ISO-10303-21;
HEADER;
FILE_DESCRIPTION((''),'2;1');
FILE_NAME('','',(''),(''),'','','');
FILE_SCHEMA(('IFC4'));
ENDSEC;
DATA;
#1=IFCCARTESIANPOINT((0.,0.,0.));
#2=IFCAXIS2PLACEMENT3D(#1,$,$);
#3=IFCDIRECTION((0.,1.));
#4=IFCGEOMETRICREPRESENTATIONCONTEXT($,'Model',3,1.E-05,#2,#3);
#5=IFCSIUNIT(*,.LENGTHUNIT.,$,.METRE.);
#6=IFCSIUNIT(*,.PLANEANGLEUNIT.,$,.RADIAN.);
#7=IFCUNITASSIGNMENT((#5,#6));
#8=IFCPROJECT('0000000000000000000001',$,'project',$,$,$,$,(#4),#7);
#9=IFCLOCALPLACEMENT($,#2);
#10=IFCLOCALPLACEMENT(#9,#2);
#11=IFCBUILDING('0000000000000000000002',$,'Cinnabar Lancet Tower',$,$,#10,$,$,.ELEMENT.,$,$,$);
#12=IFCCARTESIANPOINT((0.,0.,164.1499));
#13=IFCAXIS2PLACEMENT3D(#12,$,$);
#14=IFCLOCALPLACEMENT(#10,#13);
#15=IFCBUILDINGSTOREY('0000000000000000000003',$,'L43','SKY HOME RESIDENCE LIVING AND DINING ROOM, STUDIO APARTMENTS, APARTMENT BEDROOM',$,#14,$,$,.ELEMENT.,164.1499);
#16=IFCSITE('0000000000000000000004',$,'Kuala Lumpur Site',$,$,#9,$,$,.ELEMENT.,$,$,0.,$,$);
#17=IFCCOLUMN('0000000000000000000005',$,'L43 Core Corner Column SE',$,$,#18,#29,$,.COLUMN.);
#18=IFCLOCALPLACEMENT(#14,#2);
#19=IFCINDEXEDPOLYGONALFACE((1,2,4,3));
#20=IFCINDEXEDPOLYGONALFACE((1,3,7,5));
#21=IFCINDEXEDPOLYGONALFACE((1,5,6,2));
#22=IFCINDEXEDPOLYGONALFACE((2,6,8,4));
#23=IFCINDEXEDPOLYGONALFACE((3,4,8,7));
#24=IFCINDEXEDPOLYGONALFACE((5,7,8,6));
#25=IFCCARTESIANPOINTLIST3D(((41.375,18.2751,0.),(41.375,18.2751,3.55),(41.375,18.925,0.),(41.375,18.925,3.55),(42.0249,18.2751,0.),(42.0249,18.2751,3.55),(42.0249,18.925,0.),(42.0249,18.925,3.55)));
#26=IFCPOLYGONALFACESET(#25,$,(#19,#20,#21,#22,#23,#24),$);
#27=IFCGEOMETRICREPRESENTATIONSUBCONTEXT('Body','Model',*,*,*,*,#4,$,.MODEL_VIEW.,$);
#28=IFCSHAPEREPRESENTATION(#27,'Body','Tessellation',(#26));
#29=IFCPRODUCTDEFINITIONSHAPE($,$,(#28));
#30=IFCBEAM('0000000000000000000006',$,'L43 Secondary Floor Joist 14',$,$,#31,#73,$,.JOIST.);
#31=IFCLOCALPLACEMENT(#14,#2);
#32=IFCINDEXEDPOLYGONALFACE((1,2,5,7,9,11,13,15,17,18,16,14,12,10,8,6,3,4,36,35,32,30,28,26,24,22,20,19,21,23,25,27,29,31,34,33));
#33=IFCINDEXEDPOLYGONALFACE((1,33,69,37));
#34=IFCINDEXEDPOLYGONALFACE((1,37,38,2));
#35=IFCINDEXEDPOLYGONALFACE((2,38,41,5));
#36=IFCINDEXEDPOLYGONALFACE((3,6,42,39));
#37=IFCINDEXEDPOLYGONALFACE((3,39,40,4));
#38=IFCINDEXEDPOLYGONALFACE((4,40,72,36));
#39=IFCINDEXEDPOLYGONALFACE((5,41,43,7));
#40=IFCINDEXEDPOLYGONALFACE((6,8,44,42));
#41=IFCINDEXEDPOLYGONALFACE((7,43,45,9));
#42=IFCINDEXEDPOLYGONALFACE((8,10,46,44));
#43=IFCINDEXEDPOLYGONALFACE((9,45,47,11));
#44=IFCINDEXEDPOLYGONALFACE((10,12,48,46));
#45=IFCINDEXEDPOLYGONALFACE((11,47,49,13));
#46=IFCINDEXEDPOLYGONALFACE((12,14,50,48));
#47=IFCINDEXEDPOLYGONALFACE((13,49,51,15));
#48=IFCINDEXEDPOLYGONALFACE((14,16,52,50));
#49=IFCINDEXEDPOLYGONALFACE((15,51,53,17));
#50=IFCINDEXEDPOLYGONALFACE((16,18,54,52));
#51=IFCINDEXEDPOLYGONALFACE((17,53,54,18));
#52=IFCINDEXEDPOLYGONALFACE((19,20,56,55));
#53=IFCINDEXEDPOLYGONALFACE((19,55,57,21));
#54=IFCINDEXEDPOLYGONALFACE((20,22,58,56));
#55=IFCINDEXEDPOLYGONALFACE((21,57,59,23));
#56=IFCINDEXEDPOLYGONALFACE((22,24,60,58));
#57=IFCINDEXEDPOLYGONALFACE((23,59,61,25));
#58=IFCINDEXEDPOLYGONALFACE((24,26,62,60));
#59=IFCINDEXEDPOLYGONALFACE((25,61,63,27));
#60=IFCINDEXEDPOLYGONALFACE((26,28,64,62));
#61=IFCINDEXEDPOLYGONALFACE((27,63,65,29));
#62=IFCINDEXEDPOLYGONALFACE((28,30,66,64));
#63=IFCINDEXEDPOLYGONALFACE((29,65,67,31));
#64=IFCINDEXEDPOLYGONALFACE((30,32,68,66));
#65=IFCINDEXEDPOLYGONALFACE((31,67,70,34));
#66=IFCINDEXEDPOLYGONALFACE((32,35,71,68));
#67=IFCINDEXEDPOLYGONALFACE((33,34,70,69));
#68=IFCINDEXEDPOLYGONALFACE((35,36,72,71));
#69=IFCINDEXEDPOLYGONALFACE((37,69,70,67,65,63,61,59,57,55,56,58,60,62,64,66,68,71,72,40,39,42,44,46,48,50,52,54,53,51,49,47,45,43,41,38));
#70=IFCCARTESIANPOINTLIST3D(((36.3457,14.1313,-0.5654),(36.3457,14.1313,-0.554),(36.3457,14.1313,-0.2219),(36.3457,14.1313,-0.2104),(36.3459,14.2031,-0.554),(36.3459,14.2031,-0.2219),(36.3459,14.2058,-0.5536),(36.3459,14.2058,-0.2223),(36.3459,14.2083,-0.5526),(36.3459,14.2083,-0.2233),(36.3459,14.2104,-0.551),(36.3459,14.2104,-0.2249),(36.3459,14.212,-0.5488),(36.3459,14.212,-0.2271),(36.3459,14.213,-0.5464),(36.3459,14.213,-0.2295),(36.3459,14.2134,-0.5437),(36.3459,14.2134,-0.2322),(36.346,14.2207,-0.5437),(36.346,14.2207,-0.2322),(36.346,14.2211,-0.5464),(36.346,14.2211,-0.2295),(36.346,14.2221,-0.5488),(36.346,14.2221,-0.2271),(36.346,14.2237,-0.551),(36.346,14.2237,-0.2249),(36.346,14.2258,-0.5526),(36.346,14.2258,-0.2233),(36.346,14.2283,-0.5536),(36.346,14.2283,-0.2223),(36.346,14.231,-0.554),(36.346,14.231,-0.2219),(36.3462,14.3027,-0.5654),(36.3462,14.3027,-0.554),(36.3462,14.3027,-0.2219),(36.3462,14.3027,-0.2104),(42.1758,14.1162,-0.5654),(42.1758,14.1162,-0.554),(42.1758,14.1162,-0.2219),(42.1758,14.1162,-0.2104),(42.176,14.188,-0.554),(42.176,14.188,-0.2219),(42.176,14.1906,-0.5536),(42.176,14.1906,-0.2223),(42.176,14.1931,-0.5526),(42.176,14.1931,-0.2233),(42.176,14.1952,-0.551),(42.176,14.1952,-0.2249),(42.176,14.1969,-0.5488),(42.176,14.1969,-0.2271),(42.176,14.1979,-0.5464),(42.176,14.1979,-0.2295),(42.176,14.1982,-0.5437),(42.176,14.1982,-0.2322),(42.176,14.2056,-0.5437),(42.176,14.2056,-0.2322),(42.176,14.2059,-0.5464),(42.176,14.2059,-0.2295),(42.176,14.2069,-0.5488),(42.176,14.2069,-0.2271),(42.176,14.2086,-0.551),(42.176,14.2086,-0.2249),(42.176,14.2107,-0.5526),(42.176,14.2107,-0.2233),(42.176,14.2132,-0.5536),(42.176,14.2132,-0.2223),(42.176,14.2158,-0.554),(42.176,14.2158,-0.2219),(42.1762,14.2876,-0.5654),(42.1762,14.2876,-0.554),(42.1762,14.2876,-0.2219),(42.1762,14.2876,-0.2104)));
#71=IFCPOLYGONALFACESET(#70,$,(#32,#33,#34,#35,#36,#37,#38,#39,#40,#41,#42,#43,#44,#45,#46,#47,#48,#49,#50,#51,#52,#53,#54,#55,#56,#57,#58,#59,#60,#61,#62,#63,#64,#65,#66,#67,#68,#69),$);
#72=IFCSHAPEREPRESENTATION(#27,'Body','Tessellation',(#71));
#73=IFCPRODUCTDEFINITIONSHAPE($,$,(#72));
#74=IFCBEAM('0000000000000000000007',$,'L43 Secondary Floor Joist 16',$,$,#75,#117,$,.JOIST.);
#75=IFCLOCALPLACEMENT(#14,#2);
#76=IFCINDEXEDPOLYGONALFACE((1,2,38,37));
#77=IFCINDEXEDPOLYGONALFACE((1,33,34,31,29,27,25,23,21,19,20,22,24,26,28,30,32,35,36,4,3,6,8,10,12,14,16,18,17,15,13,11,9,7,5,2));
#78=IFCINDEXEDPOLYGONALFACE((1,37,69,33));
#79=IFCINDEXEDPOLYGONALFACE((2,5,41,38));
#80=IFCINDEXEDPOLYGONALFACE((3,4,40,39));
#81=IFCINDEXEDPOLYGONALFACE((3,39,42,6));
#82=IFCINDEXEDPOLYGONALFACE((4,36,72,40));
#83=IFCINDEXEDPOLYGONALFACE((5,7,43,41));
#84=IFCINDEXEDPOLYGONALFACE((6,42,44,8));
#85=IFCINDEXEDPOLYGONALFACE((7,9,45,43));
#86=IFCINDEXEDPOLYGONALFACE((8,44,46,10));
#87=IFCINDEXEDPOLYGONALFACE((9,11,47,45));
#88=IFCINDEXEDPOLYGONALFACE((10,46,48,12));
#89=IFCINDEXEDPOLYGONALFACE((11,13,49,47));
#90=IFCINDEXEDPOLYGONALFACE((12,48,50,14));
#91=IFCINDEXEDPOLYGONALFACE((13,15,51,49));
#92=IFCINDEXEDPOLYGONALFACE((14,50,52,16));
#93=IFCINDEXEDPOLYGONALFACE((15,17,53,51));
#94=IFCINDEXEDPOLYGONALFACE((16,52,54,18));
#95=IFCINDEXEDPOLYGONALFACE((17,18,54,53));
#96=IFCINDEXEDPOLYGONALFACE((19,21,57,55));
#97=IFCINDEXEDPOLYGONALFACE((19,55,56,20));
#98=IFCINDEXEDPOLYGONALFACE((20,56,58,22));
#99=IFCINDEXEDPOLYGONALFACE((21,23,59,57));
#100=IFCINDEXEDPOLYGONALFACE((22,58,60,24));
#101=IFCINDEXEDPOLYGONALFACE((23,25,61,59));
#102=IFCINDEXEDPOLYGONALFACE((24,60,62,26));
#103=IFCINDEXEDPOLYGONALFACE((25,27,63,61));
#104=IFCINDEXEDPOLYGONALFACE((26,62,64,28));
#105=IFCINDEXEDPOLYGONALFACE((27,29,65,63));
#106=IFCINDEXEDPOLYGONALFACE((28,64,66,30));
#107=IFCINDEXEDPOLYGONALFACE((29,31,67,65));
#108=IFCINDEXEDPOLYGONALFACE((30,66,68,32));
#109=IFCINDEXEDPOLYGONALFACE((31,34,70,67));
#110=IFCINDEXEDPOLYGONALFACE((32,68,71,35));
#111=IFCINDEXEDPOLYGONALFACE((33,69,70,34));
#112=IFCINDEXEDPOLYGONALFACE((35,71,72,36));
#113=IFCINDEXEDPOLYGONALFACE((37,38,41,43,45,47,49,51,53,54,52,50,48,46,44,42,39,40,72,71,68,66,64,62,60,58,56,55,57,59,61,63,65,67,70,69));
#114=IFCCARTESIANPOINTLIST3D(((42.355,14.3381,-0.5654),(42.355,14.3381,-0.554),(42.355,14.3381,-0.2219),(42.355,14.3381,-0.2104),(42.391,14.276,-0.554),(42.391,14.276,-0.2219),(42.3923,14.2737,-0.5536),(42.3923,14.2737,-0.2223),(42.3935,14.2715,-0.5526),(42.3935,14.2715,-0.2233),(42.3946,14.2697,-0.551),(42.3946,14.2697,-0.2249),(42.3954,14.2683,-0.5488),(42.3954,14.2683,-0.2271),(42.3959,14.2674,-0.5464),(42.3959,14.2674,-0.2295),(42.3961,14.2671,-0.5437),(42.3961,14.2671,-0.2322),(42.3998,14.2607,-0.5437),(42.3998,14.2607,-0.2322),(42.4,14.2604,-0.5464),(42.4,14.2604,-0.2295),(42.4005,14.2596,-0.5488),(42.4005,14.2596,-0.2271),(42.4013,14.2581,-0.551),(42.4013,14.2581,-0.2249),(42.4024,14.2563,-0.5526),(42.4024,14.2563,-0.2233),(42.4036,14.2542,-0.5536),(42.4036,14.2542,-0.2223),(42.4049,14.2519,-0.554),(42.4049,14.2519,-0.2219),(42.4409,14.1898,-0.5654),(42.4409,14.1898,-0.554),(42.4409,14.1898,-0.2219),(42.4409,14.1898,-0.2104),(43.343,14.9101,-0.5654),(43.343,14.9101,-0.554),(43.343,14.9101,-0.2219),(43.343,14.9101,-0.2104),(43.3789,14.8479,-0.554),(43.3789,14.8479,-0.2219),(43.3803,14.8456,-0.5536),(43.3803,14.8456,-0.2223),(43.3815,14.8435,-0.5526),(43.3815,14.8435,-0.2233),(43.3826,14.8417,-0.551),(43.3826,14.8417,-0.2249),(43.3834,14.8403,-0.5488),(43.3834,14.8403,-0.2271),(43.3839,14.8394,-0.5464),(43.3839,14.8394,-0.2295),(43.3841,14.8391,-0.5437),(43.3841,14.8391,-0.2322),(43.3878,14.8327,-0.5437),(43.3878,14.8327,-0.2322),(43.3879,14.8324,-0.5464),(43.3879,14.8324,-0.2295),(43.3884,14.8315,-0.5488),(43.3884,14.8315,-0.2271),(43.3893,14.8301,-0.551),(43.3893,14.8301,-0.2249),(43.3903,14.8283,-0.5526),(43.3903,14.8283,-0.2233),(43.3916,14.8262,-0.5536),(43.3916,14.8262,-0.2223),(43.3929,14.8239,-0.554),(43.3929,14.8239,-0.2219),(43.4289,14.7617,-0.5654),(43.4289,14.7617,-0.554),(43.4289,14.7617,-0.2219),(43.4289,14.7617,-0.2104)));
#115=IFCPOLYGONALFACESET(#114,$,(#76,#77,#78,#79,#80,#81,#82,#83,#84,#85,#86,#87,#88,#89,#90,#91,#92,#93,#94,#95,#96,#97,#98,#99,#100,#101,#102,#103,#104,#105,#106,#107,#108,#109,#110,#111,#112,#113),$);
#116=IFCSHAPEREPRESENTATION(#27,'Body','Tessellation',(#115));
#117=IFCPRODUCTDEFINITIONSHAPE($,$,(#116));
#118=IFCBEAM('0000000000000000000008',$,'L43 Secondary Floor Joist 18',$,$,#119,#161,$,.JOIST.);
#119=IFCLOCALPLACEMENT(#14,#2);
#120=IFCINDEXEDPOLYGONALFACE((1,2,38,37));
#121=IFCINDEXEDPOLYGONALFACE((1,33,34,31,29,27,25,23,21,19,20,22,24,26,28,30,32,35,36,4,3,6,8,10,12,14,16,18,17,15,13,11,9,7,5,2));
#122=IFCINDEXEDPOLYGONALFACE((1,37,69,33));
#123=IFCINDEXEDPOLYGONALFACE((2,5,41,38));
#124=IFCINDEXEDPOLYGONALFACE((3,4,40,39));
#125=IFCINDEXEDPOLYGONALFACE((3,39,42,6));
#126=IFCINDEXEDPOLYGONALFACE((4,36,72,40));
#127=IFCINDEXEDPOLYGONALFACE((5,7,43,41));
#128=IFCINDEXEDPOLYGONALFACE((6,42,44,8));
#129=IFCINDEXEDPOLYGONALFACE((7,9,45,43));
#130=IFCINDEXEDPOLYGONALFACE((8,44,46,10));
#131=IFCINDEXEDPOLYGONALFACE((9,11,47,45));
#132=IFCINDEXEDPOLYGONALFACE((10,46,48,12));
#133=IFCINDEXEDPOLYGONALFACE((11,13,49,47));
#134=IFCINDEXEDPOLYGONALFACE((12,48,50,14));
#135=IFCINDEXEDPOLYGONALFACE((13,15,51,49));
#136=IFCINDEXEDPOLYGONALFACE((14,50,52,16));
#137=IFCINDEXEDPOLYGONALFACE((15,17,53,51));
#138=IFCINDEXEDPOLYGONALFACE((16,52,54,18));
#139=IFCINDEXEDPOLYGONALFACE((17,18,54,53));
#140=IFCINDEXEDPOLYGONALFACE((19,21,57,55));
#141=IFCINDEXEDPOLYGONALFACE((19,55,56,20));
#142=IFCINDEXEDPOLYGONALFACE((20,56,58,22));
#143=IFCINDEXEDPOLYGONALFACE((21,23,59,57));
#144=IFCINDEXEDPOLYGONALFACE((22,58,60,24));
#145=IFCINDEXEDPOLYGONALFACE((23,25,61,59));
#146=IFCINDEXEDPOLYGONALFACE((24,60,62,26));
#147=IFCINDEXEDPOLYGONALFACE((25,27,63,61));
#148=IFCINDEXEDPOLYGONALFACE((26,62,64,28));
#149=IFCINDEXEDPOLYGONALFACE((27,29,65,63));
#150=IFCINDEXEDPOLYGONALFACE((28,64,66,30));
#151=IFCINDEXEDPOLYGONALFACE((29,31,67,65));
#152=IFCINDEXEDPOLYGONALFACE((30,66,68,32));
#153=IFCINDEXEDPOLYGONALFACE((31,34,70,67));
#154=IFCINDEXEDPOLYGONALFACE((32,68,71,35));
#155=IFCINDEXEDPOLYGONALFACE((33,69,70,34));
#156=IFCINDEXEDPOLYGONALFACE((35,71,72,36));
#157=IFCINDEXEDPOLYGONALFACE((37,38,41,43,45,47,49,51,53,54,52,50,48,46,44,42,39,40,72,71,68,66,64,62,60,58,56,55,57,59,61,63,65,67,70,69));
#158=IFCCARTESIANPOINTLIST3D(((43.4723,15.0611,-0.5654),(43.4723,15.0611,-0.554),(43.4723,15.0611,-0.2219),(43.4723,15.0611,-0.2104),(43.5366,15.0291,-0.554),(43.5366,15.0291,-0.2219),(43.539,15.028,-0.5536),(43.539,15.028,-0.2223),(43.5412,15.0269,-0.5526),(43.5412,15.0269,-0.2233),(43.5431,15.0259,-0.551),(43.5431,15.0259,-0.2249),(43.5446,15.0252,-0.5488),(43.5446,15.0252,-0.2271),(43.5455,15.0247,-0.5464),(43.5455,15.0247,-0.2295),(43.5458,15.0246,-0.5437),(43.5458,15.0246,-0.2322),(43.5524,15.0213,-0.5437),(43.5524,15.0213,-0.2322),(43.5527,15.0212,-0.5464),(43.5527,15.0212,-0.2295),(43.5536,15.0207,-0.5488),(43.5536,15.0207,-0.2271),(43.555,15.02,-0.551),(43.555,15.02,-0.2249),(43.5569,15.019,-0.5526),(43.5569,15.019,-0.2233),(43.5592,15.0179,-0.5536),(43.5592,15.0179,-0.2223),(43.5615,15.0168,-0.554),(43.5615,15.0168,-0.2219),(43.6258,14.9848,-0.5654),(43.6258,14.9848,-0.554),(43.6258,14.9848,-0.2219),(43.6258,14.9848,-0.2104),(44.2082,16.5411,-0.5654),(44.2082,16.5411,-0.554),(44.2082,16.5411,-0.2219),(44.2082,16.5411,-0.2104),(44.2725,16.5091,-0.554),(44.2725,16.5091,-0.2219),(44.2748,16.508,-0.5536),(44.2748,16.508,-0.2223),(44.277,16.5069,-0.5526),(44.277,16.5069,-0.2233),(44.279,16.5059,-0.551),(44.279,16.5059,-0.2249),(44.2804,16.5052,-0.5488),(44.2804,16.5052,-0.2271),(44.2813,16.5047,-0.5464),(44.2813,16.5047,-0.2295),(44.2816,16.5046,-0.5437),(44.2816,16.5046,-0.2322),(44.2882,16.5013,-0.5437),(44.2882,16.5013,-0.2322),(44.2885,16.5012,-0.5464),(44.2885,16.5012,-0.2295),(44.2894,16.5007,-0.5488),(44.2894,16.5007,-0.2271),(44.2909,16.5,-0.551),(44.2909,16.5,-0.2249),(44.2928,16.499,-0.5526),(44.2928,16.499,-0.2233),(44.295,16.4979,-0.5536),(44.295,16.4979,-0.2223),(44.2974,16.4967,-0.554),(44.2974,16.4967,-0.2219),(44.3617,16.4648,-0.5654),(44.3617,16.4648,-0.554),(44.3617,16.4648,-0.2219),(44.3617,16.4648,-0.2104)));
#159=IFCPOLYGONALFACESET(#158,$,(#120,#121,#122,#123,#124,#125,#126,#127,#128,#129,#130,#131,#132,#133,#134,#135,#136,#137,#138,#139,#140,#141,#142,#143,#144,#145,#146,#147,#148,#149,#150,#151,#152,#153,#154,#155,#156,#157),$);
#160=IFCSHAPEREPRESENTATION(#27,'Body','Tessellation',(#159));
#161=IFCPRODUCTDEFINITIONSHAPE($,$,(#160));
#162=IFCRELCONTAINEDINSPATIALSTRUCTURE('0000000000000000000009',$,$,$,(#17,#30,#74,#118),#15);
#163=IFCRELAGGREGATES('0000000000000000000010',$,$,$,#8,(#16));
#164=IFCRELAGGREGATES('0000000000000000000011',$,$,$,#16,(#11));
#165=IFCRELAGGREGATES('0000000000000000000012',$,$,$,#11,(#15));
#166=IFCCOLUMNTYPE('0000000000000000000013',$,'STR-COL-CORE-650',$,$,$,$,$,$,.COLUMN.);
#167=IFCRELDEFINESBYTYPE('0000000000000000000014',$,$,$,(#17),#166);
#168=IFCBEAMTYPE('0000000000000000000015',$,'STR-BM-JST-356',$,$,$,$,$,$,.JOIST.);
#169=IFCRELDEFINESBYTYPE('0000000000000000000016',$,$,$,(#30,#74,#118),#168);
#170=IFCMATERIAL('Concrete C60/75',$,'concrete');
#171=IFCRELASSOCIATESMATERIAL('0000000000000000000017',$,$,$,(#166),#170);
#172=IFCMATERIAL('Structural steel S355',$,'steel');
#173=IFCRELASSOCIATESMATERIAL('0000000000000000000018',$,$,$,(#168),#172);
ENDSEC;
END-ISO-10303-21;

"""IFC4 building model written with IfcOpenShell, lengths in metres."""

from ifc_helpers import new_model, si_unit, direction, frame, origin, origin_2d, place, context, subcontext, project, spatial, rectangle, i_section, extrude, material, material_profile, profile_set, type_object, element, save


model = new_model("IFC4")

# Units and contexts
model_context = context("Model", 3, precision=1e-05, world=origin(), true_north=direction((0.0, 1.0)))
body_context = subcontext(model_context, "Body", "Model", "MODEL_VIEW")
ifc_project = project(units=[si_unit("LENGTHUNIT", "METRE"), si_unit("PLANEANGLEUNIT", "RADIAN")], contexts=[model_context])

# Site, building, storey
site_placement = place(None, origin())
site = spatial("IfcSite", under=ifc_project, at=site_placement, Name="Kuala Lumpur Site", CompositionType="ELEMENT", RefElevation=0.0)
building_placement = place(site_placement, origin())
building = spatial("IfcBuilding", under=site, at=building_placement, Name="Cinnabar Lancet Tower", CompositionType="ELEMENT")
storey_placement = place(building_placement, frame((0.0, 0.0, 164.1499)))
storey = spatial("IfcBuildingStorey", under=building, at=storey_placement, Name="L43", Description="SKY HOME RESIDENCE LIVING AND DINING ROOM, STUDIO APARTMENTS, APARTMENT BEDROOM", CompositionType="ELEMENT", Elevation=164.1499)

# Column
ifc_material_1 = material(Name="Concrete C60/75", Category="concrete")
ifc_material_profile_1 = material_profile(ifc_material_1, rectangle(XDim=0.6499, YDim=0.6499, at=origin_2d()), Name="RC-COL 650x650")
ifc_profile_set_1 = profile_set([ifc_material_profile_1], Name="Concrete C60/75")
column_type = type_object("IfcColumnType", Name="STR-COL-CORE-650", PredefinedType="COLUMN", material=ifc_profile_set_1)
column_placement = place(storey_placement, frame((41.7, 18.6001, 0.0), z_axis=(0.0, 0.0, 1.0), x_axis=(1.0, 0.0, 0.0)))
element("IfcColumn", 1, at=column_placement, inside=storey, type_object=column_type, Name="L43 Core Corner Column SE", PredefinedType="COLUMN", context=body_context, shape_type="SweptSolid", body=[
    extrude(rectangle(XDim=0.6499, YDim=0.6499, at=origin_2d()), origin(), (0.0, 0.0, 1.0), 3.55),
])

# Beams
ifc_material_2 = material(Name="Structural steel S355", Category="steel")
ifc_material_profile_2 = material_profile(ifc_material_2, i_section(OverallWidth=0.1714, OverallDepth=0.355, WebThickness=0.0073, FlangeThickness=0.0115, FilletRadius=0.0103, at=origin_2d()), Name="UKB 356x171x51")
ifc_profile_set_2 = profile_set([ifc_material_profile_2], Name="Structural steel S355")
beam_type_1 = type_object("IfcBeamType", Name="STR-BM-JST-356", PredefinedType="JOIST", material=ifc_profile_set_2)
beam_1_placement = place(storey_placement, frame((36.3459, 14.217, -0.3879), z_axis=(0.999997, -0.002596, 0.0), x_axis=(0.002596, 0.999997, 0.0)))
element("IfcBeam", 2, at=beam_1_placement, inside=storey, type_object=beam_type_1, Name="L43 Secondary Floor Joist 14", PredefinedType="JOIST", context=body_context, shape_type="SweptSolid", body=[
    extrude(i_section(OverallWidth=0.1714, OverallDepth=0.355, WebThickness=0.0073, FlangeThickness=0.0115, FilletRadius=0.0103, at=origin_2d()), origin(), (0.0, 0.0, 1.0), 5.8301),
])
beam_2_placement = place(storey_placement, frame((42.3979, 14.2639, -0.3879), z_axis=(0.865426, 0.501036, 0.0), x_axis=(-0.501036, 0.865426, 0.0)))
element("IfcBeam", 3, at=beam_2_placement, inside=storey, type_object=beam_type_1, Name="L43 Secondary Floor Joist 16", PredefinedType="JOIST", context=body_context, shape_type="SweptSolid", body=[
    extrude(i_section(OverallWidth=0.1714, OverallDepth=0.355, WebThickness=0.0073, FlangeThickness=0.0115, FilletRadius=0.0103, at=origin_2d()), origin(), (0.0, 0.0, 1.0), 1.1416),
])
beam_3_placement = place(storey_placement, frame((43.5491, 15.0229, -0.3879), z_axis=(0.445204, 0.895429, 0.0), x_axis=(-0.895429, 0.445204, 0.0)))
element("IfcBeam", 4, at=beam_3_placement, inside=storey, type_object=beam_type_1, Name="L43 Secondary Floor Joist 18", PredefinedType="JOIST", context=body_context, shape_type="SweptSolid", body=[
    extrude(i_section(OverallWidth=0.1714, OverallDepth=0.355, WebThickness=0.0073, FlangeThickness=0.0115, FilletRadius=0.0103, at=origin_2d()), origin(), (0.0, 0.0, 1.0), 1.6528),
])

save(model, "model.ifc")
